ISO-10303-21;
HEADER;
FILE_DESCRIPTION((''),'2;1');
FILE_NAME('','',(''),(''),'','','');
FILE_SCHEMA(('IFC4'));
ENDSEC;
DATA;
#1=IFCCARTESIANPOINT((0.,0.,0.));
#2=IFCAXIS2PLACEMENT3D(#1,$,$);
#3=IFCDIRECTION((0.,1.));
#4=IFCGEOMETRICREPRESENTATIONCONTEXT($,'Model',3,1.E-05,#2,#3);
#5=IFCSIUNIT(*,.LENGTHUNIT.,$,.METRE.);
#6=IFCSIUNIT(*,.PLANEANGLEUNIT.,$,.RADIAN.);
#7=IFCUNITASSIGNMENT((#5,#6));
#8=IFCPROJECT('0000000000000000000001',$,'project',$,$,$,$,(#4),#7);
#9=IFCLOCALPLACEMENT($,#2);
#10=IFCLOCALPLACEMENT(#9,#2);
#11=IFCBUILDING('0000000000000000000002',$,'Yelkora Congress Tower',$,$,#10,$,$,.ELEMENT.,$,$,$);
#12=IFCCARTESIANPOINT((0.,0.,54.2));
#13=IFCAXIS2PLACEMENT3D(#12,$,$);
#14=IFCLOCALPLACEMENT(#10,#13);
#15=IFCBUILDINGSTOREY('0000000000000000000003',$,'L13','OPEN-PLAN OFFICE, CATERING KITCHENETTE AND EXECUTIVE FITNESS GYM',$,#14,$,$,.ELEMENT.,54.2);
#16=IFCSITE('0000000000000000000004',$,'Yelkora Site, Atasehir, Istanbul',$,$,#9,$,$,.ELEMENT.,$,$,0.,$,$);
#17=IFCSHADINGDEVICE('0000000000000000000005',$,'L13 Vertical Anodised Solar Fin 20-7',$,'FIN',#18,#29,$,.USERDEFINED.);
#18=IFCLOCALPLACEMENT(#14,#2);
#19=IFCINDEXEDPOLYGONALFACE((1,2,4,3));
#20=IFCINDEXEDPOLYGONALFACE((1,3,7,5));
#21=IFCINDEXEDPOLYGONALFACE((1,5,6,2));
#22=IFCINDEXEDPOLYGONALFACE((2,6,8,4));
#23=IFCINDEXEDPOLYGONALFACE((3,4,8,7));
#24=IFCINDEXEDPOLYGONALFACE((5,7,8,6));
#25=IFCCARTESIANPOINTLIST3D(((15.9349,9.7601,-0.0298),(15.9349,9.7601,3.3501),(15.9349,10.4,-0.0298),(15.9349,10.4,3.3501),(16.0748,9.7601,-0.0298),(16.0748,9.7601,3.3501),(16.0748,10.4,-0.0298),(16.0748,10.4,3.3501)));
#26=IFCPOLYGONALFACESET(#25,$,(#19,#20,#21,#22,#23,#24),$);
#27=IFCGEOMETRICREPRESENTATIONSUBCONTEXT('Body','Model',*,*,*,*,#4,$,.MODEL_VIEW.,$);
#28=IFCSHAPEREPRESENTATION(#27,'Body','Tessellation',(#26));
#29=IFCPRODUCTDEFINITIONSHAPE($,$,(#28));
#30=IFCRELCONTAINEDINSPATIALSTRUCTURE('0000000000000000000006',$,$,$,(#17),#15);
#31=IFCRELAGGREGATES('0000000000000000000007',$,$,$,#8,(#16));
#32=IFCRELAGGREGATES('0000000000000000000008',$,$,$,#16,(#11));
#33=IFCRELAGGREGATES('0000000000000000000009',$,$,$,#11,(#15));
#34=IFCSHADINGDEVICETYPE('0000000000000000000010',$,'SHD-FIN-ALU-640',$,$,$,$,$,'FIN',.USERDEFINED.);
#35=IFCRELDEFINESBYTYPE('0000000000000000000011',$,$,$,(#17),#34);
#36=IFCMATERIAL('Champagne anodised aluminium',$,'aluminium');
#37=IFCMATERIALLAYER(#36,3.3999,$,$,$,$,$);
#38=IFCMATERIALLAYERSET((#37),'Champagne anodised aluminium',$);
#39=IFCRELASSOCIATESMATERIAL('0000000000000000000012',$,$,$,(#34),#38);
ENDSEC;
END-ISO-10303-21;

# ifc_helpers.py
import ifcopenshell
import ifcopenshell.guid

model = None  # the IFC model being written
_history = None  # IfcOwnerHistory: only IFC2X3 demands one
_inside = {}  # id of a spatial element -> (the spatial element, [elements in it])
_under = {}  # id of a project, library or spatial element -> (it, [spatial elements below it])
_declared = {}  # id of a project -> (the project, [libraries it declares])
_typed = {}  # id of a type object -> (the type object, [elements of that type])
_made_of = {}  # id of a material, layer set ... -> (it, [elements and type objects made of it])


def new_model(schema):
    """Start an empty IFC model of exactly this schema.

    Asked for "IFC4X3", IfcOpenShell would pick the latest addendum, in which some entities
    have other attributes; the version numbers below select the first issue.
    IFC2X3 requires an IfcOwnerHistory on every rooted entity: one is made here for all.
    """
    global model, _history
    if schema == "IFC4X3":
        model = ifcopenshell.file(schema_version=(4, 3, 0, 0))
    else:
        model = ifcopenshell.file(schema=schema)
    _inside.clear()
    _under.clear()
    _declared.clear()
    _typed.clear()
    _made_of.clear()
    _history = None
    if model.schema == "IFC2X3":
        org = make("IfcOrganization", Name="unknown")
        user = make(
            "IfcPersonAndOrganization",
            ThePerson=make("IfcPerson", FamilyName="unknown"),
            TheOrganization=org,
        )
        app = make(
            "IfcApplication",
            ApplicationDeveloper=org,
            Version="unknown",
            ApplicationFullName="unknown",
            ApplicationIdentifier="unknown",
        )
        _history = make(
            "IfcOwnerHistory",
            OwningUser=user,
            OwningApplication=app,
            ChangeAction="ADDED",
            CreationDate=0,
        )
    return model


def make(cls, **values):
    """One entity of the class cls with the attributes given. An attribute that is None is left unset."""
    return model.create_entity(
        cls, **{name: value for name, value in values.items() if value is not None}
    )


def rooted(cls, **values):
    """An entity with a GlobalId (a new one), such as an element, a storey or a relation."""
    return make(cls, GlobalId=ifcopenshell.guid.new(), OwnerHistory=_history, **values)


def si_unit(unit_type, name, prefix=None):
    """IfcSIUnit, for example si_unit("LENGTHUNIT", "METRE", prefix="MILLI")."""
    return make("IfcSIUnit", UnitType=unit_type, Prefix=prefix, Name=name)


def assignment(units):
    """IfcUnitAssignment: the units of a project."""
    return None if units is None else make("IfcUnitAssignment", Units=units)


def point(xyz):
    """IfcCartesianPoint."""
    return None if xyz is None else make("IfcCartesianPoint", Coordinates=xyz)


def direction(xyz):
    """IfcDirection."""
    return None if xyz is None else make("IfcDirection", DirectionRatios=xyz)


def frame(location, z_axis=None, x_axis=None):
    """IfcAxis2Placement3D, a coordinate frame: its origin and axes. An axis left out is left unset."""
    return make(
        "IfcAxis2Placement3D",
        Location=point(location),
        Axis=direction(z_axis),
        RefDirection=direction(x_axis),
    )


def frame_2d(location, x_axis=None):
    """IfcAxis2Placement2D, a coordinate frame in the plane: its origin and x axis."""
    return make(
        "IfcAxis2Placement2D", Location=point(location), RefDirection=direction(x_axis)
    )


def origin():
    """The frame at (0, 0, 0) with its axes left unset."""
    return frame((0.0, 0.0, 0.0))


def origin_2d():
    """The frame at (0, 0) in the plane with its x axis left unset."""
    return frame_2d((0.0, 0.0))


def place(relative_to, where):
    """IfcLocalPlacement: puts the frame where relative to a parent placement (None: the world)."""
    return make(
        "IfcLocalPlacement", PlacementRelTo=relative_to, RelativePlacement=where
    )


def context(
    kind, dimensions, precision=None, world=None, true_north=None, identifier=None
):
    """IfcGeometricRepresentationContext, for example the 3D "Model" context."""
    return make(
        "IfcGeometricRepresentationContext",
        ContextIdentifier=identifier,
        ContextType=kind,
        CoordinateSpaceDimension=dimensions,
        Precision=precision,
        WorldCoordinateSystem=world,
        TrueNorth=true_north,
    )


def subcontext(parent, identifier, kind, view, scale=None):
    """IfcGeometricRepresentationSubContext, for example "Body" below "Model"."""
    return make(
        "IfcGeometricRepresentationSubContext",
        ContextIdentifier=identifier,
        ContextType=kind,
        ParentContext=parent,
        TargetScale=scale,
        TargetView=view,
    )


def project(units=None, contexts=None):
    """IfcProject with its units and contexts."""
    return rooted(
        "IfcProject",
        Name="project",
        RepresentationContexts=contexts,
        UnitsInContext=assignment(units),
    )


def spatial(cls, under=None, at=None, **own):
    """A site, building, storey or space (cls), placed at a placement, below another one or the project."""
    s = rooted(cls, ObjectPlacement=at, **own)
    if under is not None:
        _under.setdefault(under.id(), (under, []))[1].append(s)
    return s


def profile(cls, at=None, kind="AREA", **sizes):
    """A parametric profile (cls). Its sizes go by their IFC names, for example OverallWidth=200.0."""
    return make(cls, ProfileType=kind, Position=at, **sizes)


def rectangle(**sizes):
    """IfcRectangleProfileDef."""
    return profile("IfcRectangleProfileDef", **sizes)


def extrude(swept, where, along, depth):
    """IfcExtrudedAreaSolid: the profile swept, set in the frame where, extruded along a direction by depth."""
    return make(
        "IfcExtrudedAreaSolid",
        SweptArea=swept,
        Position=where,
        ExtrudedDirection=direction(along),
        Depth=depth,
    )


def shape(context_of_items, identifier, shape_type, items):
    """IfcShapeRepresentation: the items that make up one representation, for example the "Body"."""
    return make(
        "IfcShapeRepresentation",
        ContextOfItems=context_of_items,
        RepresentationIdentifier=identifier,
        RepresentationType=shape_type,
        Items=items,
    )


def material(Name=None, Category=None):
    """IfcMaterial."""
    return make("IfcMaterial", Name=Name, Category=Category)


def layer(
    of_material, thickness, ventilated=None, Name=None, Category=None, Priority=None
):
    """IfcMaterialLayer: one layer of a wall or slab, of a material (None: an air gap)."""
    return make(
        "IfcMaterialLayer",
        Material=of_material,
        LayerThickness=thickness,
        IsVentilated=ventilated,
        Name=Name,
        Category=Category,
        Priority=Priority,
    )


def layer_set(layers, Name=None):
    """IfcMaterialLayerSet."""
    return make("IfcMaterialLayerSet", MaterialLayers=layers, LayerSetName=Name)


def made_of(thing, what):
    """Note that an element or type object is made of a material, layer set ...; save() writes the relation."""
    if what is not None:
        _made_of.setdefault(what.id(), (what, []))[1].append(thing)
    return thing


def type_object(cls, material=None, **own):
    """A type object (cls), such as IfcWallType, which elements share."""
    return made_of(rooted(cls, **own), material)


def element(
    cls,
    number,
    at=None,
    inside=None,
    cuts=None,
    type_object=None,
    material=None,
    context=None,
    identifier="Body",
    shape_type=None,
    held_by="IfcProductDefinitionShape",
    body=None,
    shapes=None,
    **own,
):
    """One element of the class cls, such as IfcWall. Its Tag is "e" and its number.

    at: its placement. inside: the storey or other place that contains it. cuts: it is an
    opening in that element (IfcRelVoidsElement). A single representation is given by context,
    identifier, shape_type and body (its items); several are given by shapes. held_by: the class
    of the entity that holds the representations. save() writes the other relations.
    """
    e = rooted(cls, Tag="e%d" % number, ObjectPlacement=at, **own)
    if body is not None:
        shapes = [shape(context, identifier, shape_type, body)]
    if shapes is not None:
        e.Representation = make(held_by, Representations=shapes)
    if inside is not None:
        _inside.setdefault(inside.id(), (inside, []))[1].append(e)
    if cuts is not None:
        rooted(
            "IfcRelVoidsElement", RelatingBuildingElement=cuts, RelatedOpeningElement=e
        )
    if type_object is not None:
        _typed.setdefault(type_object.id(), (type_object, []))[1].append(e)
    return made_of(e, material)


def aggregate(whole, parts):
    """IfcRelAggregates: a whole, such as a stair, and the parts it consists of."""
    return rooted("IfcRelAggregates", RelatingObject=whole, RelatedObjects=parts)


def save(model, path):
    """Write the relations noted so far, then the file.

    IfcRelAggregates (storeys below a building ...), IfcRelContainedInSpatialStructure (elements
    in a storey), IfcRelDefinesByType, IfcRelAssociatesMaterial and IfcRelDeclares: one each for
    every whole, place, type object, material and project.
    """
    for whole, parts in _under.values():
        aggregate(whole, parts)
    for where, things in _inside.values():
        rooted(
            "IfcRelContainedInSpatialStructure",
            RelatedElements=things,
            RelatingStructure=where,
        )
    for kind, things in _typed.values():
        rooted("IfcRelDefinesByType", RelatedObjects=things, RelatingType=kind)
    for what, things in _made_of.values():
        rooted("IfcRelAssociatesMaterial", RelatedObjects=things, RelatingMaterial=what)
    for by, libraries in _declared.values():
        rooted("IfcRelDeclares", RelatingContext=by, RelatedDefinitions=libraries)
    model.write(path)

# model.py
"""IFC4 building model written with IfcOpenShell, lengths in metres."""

from ifc_helpers import new_model, si_unit, direction, frame, origin, origin_2d, place, context, subcontext, project, spatial, rectangle, extrude, material, layer, layer_set, type_object, element, save


model = new_model("IFC4")

# Units and contexts
model_context = context("Model", 3, precision=1e-05, world=origin(), true_north=direction((0.0, 1.0)))
body_context = subcontext(model_context, "Body", "Model", "MODEL_VIEW")
ifc_project = project(units=[si_unit("LENGTHUNIT", "METRE"), si_unit("PLANEANGLEUNIT", "RADIAN")], contexts=[model_context])

# Site, building, storey
site_placement = place(None, origin())
site = spatial("IfcSite", under=ifc_project, at=site_placement, Name="Yelkora Site, Atasehir, Istanbul", CompositionType="ELEMENT", RefElevation=0.0)
building_placement = place(site_placement, origin())
building = spatial("IfcBuilding", under=site, at=building_placement, Name="Yelkora Congress Tower", CompositionType="ELEMENT")
storey_placement = place(building_placement, frame((0.0, 0.0, 54.2)))
storey = spatial("IfcBuildingStorey", under=building, at=storey_placement, Name="L13", Description="OPEN-PLAN OFFICE, CATERING KITCHENETTE AND EXECUTIVE FITNESS GYM", CompositionType="ELEMENT", Elevation=54.2)

# Shading device
ifc_material_1 = material(Name="Champagne anodised aluminium", Category="aluminium")
ifc_layer_1 = layer(ifc_material_1, 3.3999)
ifc_layer_set_1 = layer_set([ifc_layer_1], Name="Champagne anodised aluminium")
shading_device_type = type_object("IfcShadingDeviceType", Name="SHD-FIN-ALU-640", ElementType="FIN", PredefinedType="USERDEFINED", material=ifc_layer_set_1)
shading_device_placement = place(storey_placement, frame((16.0049, 10.0801, -0.0298), z_axis=(0.0, 0.0, 1.0), x_axis=(-1.0, 0.0, 0.0)))
element("IfcShadingDevice", 1, at=shading_device_placement, inside=storey, type_object=shading_device_type, Name="L13 Vertical Anodised Solar Fin 20-7", ObjectType="FIN", PredefinedType="USERDEFINED", context=body_context, shape_type="SweptSolid", body=[
    extrude(rectangle(XDim=0.1399, YDim=0.6399, at=origin_2d()), origin(), (0.0, 0.0, 1.0), 3.3799),
])

save(model, "model.ifc")
